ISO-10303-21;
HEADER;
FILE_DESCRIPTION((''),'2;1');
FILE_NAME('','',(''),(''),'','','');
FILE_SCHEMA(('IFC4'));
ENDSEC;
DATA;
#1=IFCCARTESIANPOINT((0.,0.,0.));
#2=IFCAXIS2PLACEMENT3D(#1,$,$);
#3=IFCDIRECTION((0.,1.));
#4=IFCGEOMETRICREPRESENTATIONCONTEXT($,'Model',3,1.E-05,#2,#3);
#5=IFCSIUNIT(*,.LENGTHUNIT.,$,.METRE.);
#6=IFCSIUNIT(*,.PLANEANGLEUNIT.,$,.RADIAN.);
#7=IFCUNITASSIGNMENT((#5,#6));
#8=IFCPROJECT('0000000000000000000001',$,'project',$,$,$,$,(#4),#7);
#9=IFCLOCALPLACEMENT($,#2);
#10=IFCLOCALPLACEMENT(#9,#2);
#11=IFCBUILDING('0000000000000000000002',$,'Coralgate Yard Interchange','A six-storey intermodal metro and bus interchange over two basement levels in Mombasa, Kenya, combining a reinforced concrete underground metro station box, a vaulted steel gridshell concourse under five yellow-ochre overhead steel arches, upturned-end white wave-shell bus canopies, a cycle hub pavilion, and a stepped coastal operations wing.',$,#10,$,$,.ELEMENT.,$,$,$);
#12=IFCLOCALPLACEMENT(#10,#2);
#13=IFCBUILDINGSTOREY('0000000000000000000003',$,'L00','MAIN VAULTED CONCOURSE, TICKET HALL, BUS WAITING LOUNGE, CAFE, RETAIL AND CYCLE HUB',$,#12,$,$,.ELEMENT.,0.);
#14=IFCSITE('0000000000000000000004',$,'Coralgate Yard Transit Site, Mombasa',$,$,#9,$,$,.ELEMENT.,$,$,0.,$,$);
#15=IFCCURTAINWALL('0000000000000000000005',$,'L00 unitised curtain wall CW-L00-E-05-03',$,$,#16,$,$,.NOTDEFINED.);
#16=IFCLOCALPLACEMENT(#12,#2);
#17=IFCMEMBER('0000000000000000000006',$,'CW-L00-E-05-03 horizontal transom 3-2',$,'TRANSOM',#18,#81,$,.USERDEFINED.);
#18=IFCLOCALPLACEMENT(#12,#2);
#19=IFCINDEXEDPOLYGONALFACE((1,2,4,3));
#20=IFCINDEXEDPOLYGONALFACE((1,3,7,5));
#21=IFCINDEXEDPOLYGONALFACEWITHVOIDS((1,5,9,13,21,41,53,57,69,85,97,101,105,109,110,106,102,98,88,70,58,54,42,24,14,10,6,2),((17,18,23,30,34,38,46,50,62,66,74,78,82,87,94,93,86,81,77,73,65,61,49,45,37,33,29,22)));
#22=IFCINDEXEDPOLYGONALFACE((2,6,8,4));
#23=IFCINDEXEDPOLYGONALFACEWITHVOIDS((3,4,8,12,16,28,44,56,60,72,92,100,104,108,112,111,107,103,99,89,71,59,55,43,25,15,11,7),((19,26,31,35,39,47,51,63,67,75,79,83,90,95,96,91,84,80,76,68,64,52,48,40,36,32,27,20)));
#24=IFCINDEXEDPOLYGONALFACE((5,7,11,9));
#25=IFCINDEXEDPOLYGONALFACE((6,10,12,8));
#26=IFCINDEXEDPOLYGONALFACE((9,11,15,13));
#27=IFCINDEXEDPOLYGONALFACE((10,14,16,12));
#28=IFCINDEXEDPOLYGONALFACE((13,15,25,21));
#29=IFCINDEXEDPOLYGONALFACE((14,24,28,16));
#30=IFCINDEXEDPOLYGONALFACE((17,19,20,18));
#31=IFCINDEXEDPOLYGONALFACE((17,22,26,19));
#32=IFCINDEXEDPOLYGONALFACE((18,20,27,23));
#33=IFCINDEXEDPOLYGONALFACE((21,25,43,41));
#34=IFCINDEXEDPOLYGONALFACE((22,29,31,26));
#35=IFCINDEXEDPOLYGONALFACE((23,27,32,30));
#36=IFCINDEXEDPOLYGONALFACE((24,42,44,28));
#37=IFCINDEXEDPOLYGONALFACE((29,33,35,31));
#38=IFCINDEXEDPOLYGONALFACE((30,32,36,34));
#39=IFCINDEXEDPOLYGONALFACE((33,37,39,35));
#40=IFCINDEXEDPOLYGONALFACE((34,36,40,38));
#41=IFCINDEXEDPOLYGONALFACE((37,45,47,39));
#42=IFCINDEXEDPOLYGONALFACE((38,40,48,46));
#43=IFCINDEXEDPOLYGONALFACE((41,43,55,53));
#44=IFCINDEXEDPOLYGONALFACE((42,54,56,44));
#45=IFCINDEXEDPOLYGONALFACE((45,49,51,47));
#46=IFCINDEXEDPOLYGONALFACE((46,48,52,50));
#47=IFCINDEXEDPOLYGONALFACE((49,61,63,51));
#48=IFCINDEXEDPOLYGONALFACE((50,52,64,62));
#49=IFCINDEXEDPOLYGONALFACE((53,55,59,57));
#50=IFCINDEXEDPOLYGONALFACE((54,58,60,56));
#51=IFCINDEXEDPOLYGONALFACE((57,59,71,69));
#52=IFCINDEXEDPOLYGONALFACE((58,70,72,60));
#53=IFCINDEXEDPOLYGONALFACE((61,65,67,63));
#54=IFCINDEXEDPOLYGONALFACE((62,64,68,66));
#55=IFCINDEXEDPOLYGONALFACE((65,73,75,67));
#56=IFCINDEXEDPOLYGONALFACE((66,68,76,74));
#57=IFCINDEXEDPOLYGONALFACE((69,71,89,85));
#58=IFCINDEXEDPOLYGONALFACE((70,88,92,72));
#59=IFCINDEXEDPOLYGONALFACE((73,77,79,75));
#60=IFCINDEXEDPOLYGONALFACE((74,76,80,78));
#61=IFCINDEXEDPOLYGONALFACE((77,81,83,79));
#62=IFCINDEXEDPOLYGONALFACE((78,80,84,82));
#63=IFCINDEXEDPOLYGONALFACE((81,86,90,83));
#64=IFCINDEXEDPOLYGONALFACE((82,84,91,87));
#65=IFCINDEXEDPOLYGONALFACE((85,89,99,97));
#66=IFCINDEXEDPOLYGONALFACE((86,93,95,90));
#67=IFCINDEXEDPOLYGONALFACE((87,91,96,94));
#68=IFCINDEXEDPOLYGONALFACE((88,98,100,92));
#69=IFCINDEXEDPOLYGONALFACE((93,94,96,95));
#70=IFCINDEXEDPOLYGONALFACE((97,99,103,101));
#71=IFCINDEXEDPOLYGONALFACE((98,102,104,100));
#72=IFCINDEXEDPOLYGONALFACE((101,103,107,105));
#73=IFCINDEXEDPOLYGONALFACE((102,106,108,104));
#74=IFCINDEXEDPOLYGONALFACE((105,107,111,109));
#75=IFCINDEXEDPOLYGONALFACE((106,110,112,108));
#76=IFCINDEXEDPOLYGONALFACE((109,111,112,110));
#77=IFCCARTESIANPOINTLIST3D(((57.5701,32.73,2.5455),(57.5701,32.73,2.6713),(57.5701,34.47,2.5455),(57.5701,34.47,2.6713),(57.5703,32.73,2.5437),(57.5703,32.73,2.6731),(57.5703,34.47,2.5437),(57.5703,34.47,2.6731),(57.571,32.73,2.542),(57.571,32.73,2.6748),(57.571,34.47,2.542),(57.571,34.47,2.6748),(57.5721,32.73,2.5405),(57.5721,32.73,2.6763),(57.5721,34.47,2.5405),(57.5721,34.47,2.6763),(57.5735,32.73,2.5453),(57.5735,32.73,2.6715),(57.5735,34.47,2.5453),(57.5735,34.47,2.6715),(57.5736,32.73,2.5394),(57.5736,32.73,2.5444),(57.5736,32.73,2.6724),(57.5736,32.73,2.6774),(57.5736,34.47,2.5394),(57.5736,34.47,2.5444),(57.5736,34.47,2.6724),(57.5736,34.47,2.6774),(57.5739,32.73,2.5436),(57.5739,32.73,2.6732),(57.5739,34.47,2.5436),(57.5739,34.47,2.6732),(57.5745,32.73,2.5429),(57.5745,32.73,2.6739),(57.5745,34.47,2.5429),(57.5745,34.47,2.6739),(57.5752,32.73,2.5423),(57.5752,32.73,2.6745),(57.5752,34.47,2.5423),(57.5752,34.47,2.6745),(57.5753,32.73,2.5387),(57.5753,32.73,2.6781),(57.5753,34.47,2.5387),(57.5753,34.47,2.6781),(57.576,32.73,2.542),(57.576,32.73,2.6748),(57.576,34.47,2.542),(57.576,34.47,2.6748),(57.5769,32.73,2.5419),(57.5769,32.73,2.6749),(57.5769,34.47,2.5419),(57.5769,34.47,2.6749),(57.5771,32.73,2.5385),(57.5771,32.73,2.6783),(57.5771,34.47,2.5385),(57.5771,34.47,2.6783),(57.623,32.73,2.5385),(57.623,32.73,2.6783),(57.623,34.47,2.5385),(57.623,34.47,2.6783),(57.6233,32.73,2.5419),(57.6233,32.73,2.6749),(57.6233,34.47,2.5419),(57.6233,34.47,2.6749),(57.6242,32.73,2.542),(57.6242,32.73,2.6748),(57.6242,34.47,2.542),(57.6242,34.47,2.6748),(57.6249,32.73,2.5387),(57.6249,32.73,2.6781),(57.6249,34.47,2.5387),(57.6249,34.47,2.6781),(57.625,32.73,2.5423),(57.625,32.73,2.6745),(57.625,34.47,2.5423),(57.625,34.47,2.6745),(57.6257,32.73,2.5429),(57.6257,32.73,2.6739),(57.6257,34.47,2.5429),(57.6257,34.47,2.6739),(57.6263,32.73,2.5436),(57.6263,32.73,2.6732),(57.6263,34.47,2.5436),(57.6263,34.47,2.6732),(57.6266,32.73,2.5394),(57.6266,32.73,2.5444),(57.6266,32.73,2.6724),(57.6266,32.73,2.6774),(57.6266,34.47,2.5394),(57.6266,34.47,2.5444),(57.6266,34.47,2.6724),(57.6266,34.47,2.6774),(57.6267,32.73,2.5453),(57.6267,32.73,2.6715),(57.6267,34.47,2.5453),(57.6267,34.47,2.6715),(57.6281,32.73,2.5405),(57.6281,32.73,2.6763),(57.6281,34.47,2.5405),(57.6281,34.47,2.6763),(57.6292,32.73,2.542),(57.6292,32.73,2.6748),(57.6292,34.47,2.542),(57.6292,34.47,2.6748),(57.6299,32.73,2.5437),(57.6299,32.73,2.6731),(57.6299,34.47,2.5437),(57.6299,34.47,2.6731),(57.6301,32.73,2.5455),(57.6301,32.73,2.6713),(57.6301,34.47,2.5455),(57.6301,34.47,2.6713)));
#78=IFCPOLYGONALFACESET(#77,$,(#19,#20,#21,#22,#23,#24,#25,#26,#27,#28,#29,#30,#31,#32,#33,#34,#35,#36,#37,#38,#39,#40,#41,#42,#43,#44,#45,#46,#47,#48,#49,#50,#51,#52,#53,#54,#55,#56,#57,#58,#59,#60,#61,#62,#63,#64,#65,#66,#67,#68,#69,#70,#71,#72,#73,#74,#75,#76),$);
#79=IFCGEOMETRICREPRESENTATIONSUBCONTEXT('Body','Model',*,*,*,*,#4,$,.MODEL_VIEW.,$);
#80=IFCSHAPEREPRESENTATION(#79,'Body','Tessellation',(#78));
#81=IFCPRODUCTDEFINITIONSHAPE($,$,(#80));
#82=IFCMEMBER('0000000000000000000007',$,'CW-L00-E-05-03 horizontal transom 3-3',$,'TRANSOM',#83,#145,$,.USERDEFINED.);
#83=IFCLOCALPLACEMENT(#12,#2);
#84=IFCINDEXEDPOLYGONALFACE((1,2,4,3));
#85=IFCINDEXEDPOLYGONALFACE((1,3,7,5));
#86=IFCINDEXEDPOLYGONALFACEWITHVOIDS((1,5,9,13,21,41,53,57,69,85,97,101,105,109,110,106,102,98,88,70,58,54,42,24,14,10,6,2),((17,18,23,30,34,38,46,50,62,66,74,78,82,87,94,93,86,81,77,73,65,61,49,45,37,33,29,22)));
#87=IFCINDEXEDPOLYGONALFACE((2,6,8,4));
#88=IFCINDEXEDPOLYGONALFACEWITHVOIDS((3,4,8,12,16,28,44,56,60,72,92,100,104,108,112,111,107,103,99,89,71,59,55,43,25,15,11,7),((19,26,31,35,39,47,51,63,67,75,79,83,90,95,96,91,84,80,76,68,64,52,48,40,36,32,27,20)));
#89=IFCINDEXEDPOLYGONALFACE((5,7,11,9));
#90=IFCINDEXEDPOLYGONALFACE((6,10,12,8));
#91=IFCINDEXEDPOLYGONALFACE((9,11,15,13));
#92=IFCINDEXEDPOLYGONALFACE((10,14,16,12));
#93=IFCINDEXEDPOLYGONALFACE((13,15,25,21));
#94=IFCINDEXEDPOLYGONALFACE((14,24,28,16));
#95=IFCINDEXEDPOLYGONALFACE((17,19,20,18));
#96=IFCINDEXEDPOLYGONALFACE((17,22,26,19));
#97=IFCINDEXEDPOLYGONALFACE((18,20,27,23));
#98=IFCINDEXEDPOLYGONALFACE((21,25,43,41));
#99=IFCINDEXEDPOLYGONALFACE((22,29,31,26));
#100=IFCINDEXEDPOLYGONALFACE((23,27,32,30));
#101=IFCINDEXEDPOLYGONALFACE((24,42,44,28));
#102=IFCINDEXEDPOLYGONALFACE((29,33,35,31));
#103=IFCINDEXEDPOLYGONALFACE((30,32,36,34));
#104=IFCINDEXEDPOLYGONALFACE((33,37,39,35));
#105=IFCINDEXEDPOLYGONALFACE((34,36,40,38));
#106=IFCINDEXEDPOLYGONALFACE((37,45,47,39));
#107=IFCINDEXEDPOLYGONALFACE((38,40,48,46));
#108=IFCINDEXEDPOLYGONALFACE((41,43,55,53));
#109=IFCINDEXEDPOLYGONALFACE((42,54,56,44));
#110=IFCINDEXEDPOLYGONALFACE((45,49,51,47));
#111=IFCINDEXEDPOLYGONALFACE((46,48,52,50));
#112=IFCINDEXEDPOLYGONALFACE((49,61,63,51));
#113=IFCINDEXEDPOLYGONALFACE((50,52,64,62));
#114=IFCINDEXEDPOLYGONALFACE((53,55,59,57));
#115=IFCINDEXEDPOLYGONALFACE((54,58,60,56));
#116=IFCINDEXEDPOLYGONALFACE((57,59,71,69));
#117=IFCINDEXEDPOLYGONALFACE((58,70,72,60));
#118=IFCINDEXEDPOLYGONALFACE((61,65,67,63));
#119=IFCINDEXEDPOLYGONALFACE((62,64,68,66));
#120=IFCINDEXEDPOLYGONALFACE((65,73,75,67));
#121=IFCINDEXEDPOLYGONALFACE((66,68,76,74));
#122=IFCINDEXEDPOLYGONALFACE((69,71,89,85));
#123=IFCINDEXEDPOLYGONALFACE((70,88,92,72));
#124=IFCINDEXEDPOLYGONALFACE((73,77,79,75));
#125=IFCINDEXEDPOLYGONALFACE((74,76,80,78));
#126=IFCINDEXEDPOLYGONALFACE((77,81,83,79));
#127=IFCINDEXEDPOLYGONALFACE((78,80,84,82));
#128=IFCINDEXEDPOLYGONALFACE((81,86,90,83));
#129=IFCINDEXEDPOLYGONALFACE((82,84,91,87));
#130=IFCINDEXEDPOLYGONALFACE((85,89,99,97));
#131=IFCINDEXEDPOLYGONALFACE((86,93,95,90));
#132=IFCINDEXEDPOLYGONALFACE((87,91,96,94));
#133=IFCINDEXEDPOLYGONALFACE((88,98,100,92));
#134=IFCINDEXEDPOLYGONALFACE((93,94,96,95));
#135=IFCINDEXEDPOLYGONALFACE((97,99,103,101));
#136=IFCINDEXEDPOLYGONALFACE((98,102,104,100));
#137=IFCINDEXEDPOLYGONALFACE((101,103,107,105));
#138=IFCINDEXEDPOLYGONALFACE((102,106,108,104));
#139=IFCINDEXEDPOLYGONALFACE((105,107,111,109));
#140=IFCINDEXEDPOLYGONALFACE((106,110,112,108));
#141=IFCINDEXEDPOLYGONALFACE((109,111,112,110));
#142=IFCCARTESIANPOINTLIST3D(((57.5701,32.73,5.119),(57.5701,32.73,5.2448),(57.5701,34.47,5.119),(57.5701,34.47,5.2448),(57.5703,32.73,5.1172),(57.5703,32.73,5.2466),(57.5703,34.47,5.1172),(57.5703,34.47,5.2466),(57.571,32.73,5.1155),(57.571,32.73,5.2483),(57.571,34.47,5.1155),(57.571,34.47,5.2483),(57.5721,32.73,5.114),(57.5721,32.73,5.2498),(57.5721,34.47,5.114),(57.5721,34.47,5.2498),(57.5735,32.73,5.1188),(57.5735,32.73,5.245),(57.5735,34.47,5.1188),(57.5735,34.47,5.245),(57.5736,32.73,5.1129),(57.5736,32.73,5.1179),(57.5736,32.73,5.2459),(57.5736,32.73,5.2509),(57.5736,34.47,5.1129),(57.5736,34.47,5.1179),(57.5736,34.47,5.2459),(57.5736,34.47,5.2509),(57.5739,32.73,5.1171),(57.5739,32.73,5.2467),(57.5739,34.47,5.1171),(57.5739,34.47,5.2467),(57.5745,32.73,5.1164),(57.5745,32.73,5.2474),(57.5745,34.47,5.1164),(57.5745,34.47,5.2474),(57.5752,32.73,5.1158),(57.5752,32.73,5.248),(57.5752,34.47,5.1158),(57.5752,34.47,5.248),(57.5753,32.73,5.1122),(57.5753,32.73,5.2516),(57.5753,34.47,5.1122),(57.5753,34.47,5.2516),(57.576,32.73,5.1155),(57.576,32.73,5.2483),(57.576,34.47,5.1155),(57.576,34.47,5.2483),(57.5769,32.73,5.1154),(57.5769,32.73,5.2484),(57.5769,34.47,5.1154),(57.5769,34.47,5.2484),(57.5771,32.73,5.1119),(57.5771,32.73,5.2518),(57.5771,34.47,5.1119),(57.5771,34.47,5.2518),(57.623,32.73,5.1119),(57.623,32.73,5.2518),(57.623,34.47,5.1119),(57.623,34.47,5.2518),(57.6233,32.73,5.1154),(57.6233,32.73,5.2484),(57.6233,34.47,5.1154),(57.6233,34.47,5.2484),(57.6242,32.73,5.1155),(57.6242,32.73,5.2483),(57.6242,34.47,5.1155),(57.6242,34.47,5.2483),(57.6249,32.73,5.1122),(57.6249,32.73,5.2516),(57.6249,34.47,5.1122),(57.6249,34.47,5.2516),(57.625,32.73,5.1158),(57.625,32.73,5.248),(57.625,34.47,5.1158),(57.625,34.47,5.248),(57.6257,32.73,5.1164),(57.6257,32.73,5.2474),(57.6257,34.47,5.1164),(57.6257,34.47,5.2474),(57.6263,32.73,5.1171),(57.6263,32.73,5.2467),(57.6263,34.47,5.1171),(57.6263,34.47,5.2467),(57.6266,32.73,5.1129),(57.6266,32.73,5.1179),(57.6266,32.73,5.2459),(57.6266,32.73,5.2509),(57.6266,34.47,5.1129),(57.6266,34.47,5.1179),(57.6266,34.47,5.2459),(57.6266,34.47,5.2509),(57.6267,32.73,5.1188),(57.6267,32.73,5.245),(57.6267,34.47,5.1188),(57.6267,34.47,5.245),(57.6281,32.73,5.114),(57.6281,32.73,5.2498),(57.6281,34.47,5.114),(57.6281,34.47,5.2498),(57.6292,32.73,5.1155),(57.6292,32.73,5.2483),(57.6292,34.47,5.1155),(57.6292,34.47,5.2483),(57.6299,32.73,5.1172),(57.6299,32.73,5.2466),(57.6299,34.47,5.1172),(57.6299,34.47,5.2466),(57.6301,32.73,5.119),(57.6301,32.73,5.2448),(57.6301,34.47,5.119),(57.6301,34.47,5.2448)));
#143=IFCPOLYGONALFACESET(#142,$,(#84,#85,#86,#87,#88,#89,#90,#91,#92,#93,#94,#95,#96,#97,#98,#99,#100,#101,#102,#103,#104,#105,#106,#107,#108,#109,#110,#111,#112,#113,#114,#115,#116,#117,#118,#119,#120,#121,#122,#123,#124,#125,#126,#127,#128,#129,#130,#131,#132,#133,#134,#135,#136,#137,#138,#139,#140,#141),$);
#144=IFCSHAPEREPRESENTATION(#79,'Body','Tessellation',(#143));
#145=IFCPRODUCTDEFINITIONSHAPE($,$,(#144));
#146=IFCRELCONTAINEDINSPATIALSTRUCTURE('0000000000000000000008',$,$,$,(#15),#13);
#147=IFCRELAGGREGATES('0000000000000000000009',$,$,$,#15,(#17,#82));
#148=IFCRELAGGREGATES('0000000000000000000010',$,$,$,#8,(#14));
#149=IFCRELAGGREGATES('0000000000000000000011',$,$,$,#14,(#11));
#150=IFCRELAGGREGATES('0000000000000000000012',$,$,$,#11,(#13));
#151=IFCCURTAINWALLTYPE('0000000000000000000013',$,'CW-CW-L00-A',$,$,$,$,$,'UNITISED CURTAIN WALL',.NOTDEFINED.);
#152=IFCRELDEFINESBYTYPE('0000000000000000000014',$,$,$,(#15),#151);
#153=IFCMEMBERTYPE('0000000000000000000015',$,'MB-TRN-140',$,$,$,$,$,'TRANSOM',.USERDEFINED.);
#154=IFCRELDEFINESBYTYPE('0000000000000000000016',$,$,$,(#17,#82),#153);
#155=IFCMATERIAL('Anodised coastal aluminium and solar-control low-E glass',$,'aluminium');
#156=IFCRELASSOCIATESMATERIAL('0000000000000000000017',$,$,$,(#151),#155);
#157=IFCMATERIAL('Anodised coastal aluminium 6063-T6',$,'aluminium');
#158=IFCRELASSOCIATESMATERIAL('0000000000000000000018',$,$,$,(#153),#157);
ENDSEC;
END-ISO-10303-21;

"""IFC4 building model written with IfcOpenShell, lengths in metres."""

from ifc_helpers import new_model, si_unit, direction, frame, origin, origin_2d, place, context, subcontext, project, spatial, hollow_rectangle, extrude, material, material_profile, profile_set, type_object, element, aggregate, save


model = new_model("IFC4")

# Units and contexts
model_context = context("Model", 3, precision=1e-05, world=origin(), true_north=direction((0.0, 1.0)))
body_context = subcontext(model_context, "Body", "Model", "MODEL_VIEW")
ifc_project = project(units=[si_unit("LENGTHUNIT", "METRE"), si_unit("PLANEANGLEUNIT", "RADIAN")], contexts=[model_context])

# Site, building, storey
site_placement = place(None, origin())
site = spatial("IfcSite", under=ifc_project, at=site_placement, Name="Coralgate Yard Transit Site, Mombasa", CompositionType="ELEMENT", RefElevation=0.0)
building_placement = place(site_placement, origin())
building = spatial("IfcBuilding", under=site, at=building_placement, Name="Coralgate Yard Interchange", Description="A six-storey intermodal metro and bus interchange over two basement levels in Mombasa, Kenya, combining a reinforced concrete underground metro station box, a vaulted steel gridshell concourse under five yellow-ochre overhead steel arches, upturned-end white wave-shell bus canopies, a cycle hub pavilion, and a stepped coastal operations wing.", CompositionType="ELEMENT")
storey_placement = place(building_placement, origin())
storey = spatial("IfcBuildingStorey", under=building, at=storey_placement, Name="L00", Description="MAIN VAULTED CONCOURSE, TICKET HALL, BUS WAITING LOUNGE, CAFE, RETAIL AND CYCLE HUB", CompositionType="ELEMENT", Elevation=0.0)

# Shared definitions
ifc_material_1 = material(Name="Anodised coastal aluminium and solar-control low-E glass", Category="aluminium")
curtain_wall_type = type_object("IfcCurtainWallType", Name="CW-CW-L00-A", ElementType="UNITISED CURTAIN WALL", PredefinedType="NOTDEFINED", material=ifc_material_1)
ifc_material_2 = material(Name="Anodised coastal aluminium 6063-T6", Category="aluminium")

# Curtain wall
curtain_wall_1_placement = place(storey_placement, origin())
curtain_wall_1 = element("IfcCurtainWall", 1, at=curtain_wall_1_placement, inside=storey, type_object=curtain_wall_type, Name="L00 unitised curtain wall CW-L00-E-05-03", PredefinedType="NOTDEFINED")

# Members
ifc_material_profile_1 = material_profile(ifc_material_2, hollow_rectangle(XDim=0.0601, YDim=0.1399, WallThickness=0.0034, InnerFilletRadius=0.0034, OuterFilletRadius=0.0071, at=origin_2d()), Name="ALU 60x140x3.5")
ifc_profile_set_1 = profile_set([ifc_material_profile_1], Name="Anodised coastal aluminium 6063-T6")
member_type_1 = type_object("IfcMemberType", Name="MB-TRN-140", ElementType="TRANSOM", PredefinedType="USERDEFINED", material=ifc_profile_set_1)
member_1_placement = place(storey_placement, frame((57.6001, 34.47, 2.6084), z_axis=(0.0, -1.0, 0.0), x_axis=(1.0, 0.0, 0.0)))
member_1 = element("IfcMember", 2, at=member_1_placement, type_object=member_type_1, Name="CW-L00-E-05-03 horizontal transom 3-2", ObjectType="TRANSOM", PredefinedType="USERDEFINED", context=body_context, shape_type="SweptSolid", body=[
    extrude(hollow_rectangle(XDim=0.0601, YDim=0.1399, WallThickness=0.0034, InnerFilletRadius=0.0034, OuterFilletRadius=0.0071, at=origin_2d()), origin(), (0.0, 0.0, 1.0), 1.74),
])
member_2_placement = place(storey_placement, frame((57.6001, 34.47, 5.1819), z_axis=(0.0, -1.0, 0.0), x_axis=(1.0, 0.0, 0.0)))
member_2 = element("IfcMember", 3, at=member_2_placement, type_object=member_type_1, Name="CW-L00-E-05-03 horizontal transom 3-3", ObjectType="TRANSOM", PredefinedType="USERDEFINED", context=body_context, shape_type="SweptSolid", body=[
    extrude(hollow_rectangle(XDim=0.0601, YDim=0.1399, WallThickness=0.0034, InnerFilletRadius=0.0034, OuterFilletRadius=0.0071, at=origin_2d()), origin(), (0.0, 0.0, 1.0), 1.74),
])

aggregate(curtain_wall_1, [member_1, member_2])

save(model, "model.ifc")
